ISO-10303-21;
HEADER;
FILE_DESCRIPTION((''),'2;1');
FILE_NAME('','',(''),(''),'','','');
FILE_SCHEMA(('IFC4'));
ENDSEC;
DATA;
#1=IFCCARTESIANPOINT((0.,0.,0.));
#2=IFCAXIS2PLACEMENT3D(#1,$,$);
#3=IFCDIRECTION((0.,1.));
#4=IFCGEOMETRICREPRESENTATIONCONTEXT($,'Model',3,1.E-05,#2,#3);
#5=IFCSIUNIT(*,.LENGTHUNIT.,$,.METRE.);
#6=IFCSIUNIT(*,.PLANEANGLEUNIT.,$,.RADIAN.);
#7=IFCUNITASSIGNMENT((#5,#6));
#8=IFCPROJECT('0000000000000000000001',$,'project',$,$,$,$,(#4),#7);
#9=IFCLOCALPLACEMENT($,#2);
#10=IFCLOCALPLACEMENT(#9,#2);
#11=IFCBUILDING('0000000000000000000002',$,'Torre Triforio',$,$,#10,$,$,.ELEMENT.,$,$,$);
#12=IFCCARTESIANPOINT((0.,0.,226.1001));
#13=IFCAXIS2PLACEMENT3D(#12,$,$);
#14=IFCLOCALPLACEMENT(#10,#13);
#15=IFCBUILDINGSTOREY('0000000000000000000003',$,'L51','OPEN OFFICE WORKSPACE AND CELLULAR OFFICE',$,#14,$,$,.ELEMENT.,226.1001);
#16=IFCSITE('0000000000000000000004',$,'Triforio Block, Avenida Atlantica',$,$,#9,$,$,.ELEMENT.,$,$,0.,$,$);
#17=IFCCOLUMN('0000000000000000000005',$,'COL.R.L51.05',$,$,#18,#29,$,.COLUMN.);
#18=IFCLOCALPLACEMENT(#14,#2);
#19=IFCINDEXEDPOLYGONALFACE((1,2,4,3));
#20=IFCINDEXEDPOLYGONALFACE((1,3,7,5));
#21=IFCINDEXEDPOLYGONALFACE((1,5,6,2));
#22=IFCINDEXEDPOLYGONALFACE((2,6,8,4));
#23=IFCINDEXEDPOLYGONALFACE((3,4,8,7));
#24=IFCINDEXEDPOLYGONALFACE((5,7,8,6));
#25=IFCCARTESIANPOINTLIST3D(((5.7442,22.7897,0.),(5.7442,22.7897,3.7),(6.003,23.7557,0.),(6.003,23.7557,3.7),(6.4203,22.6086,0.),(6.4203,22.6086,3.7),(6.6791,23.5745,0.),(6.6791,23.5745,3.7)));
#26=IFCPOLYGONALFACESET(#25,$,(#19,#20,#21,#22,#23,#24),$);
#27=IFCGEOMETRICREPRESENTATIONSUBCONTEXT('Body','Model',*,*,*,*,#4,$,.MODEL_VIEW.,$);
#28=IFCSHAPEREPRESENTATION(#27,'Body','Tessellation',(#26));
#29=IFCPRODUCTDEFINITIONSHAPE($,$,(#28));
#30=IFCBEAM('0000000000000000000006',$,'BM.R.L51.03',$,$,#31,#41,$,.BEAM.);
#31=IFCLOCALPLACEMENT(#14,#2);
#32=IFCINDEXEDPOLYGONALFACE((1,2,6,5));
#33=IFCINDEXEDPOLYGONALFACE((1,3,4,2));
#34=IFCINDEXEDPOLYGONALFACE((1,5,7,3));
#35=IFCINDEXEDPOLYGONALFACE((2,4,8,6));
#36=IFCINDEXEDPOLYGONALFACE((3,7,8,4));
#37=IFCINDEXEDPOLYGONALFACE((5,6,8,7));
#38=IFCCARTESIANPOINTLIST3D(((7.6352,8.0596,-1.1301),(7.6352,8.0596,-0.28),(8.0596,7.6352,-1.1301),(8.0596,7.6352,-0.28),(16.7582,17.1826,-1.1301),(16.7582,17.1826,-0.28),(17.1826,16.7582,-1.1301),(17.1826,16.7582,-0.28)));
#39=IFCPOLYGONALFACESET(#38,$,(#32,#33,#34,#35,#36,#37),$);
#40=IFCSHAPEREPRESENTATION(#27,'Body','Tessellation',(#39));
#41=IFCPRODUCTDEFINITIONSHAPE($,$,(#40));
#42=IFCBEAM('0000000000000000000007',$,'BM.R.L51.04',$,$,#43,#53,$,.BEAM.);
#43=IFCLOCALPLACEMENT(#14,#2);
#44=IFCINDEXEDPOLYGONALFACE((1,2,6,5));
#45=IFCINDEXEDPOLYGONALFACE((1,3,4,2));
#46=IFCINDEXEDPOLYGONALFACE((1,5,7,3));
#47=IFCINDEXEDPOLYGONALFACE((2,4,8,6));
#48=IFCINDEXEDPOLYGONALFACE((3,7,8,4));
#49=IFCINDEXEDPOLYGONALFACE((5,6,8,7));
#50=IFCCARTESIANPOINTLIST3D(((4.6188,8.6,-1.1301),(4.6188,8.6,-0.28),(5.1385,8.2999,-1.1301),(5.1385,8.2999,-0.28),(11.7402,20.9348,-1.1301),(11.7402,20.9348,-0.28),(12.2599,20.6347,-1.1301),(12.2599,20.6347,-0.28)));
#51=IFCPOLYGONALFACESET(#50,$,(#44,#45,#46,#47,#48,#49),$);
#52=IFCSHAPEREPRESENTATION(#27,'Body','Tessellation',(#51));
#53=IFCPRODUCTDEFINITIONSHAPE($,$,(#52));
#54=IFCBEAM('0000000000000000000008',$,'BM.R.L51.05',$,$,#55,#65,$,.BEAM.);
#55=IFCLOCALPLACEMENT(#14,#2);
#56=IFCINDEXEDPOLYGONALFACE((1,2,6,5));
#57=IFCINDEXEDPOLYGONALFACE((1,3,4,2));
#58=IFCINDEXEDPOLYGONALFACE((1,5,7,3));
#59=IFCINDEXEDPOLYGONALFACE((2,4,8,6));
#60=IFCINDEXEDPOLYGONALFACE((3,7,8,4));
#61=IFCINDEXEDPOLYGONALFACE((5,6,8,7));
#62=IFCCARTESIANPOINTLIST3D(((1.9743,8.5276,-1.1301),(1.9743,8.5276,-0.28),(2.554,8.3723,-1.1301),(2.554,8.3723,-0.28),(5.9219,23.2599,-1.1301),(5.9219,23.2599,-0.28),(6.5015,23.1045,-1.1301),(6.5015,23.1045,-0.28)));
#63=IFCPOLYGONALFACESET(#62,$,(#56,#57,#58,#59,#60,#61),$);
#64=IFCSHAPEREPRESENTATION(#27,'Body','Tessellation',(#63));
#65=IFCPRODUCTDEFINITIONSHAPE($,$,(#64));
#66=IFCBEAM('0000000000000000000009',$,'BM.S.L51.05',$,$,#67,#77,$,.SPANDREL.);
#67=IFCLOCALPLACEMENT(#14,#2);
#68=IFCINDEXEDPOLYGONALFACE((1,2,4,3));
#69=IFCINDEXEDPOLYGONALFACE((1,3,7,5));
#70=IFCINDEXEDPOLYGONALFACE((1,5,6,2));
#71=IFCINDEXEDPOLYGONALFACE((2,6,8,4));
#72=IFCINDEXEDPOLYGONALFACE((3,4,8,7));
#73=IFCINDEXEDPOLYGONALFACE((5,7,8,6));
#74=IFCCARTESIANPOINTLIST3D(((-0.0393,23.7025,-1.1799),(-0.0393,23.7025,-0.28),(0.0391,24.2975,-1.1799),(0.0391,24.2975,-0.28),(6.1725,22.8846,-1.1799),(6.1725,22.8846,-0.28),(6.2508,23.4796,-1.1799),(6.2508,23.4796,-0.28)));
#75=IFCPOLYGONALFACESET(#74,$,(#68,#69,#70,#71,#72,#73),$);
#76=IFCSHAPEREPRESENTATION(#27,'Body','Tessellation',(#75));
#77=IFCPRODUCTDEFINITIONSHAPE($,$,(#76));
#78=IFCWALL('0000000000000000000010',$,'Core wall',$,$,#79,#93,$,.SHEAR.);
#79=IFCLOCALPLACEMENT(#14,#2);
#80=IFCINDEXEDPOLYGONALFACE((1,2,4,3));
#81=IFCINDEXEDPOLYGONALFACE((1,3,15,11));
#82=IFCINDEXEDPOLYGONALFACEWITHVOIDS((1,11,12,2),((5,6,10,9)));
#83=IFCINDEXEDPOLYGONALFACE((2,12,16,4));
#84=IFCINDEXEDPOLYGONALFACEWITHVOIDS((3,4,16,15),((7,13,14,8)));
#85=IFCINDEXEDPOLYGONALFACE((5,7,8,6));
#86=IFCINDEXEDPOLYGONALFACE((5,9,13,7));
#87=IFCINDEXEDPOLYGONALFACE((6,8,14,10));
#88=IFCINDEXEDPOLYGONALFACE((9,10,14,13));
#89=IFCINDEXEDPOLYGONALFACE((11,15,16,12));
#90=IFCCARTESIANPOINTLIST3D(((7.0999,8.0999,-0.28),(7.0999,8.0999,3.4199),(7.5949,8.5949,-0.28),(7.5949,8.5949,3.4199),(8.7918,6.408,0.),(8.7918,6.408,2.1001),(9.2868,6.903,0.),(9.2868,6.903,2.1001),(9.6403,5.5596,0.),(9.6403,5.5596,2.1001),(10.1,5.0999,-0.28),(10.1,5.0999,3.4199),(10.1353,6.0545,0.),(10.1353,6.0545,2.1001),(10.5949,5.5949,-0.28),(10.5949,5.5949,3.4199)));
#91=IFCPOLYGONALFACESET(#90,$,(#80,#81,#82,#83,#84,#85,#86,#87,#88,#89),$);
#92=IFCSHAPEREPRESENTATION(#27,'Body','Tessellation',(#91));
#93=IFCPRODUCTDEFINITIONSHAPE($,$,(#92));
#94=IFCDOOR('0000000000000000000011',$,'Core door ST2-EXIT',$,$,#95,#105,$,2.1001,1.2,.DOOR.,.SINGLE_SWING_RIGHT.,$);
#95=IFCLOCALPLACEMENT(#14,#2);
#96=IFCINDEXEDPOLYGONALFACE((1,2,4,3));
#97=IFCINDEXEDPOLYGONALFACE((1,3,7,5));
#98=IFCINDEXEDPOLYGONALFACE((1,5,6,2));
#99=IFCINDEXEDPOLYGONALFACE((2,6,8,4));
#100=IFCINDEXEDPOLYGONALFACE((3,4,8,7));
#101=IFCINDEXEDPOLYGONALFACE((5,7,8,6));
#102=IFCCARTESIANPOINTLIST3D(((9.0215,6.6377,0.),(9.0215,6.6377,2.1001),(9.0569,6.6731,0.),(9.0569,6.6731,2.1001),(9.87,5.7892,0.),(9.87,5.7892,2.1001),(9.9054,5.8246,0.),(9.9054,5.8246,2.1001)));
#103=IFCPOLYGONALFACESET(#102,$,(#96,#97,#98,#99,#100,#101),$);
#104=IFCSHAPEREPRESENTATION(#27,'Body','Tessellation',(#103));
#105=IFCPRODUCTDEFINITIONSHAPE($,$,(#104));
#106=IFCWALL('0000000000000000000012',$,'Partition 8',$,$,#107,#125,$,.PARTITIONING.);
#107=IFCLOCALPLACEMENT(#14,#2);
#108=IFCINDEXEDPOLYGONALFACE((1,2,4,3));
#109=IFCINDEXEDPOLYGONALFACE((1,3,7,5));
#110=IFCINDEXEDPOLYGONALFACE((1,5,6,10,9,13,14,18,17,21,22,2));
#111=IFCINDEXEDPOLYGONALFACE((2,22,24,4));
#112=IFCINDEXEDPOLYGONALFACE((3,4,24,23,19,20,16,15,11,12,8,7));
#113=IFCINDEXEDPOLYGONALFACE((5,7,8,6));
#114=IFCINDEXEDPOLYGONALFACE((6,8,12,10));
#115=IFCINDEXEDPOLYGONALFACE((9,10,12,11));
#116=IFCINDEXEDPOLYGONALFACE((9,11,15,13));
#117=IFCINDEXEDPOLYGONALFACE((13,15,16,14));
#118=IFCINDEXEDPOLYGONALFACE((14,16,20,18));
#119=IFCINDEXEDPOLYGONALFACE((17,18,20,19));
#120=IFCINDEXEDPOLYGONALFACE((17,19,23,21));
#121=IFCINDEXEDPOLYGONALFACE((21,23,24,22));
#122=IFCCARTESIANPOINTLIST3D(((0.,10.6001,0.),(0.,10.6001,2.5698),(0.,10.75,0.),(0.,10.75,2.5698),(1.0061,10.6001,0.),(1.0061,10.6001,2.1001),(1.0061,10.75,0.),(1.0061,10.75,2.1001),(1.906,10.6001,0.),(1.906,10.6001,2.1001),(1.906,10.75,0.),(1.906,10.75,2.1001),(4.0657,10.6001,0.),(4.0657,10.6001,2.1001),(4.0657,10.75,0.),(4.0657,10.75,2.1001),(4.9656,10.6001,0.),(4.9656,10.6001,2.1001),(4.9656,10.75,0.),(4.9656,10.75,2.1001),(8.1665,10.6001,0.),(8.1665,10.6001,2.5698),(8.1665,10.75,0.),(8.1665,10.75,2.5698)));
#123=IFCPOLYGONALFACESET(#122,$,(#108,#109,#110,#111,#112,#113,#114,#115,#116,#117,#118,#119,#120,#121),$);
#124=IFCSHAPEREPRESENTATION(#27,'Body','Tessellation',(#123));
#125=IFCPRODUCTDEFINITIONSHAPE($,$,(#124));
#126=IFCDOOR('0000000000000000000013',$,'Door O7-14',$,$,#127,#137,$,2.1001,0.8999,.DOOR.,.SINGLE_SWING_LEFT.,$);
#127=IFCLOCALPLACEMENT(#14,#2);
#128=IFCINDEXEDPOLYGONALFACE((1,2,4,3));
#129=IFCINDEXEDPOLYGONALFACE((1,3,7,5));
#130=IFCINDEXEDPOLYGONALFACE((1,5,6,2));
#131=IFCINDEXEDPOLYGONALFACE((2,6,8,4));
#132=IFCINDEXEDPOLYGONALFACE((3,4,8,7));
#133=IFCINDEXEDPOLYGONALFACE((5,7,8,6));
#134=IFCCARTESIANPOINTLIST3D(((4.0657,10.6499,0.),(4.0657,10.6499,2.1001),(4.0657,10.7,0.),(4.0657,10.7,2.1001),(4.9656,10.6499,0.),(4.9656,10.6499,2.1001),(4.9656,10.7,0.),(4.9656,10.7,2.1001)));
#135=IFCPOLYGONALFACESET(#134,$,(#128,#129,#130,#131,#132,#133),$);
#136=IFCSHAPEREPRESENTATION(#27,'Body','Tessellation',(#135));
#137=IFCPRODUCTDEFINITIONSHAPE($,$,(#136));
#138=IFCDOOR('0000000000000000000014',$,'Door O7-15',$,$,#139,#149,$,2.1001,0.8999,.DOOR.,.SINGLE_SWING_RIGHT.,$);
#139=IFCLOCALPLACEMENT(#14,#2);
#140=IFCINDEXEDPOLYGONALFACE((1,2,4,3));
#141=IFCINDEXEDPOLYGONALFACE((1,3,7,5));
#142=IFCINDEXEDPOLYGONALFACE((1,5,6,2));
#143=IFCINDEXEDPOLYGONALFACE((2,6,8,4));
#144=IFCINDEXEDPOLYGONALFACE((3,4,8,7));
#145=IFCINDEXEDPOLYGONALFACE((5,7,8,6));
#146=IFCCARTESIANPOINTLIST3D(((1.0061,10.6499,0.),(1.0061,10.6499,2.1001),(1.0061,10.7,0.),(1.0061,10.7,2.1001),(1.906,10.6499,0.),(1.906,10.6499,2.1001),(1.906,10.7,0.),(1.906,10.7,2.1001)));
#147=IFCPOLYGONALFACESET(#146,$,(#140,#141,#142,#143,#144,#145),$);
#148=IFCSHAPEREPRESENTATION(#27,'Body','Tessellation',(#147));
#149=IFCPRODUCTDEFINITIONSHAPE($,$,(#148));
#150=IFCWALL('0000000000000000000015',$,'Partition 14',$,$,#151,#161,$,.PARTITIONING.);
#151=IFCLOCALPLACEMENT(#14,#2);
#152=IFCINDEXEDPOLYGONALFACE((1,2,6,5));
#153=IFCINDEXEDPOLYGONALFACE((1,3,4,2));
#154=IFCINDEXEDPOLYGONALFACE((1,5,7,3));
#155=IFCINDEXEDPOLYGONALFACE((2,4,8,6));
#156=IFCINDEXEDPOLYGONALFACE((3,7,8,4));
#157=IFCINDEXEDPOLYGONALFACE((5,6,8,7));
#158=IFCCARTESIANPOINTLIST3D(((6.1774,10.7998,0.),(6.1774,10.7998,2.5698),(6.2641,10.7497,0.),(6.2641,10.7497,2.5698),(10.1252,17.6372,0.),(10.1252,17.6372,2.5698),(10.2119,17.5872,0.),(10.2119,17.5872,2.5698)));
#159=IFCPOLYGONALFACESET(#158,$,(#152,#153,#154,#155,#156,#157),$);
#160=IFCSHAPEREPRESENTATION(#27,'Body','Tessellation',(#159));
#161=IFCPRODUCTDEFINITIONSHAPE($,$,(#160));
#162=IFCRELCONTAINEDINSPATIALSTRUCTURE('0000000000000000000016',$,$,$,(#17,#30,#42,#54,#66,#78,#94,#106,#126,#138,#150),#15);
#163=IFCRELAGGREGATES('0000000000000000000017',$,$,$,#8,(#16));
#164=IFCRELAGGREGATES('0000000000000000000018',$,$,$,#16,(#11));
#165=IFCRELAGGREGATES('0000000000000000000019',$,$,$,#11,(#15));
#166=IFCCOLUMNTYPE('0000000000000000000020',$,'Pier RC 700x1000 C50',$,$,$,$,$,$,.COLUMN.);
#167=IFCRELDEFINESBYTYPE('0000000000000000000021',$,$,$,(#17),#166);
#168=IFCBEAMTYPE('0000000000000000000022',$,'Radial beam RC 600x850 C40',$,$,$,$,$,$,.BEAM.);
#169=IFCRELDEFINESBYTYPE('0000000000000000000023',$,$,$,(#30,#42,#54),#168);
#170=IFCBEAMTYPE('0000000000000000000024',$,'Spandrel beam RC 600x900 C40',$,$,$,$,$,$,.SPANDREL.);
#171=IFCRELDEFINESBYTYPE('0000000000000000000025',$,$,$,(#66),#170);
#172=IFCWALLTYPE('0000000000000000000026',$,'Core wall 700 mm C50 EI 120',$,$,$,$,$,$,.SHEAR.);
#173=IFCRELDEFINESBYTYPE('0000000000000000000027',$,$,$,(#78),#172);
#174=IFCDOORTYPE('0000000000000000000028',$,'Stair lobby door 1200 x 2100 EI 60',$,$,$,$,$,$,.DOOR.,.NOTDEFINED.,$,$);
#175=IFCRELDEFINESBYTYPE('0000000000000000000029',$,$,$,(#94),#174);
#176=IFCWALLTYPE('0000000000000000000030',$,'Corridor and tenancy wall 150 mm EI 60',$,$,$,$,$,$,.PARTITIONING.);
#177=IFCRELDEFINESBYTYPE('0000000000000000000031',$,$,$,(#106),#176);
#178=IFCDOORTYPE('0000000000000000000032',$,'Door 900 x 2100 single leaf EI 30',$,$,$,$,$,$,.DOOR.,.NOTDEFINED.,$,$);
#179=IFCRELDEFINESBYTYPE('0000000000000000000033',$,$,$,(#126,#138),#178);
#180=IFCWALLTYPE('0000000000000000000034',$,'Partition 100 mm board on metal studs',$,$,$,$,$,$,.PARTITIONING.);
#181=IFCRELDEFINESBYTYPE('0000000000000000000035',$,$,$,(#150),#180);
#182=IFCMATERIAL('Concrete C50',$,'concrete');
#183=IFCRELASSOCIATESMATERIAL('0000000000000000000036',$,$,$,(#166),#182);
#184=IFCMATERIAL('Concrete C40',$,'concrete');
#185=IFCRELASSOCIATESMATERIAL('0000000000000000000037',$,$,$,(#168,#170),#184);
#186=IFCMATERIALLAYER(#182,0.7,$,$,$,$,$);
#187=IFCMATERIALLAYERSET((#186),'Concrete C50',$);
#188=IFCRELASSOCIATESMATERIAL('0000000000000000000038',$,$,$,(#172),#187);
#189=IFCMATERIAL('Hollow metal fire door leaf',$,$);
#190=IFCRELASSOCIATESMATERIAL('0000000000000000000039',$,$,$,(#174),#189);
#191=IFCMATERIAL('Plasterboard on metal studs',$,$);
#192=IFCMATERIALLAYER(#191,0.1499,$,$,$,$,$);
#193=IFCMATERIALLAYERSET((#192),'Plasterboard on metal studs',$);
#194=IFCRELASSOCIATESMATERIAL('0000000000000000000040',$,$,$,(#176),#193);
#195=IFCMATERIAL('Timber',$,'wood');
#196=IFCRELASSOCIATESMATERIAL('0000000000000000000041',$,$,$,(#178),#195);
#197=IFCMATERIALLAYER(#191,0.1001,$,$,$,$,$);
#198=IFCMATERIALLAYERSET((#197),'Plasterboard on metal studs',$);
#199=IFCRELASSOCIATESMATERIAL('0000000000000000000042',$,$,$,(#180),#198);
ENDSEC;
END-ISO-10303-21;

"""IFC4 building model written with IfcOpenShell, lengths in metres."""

from ifc_helpers import new_model, si_unit, direction, frame, frame_2d, origin, origin_2d, place, context, subcontext, project, spatial, rectangle, extrude, material, layer, layer_set, material_profile, profile_set, type_object, element, fill, save


model = new_model("IFC4")

# Units and contexts
model_context = context("Model", 3, precision=1e-05, world=origin(), true_north=direction((0.0, 1.0)))
body_context = subcontext(model_context, "Body", "Model", "MODEL_VIEW")
ifc_project = project(units=[si_unit("LENGTHUNIT", "METRE"), si_unit("PLANEANGLEUNIT", "RADIAN")], contexts=[model_context])

# Site, building, storey
site_placement = place(None, origin())
site = spatial("IfcSite", under=ifc_project, at=site_placement, Name="Triforio Block, Avenida Atlantica", CompositionType="ELEMENT", RefElevation=0.0)
building_placement = place(site_placement, origin())
building = spatial("IfcBuilding", under=site, at=building_placement, Name="Torre Triforio", CompositionType="ELEMENT")
storey_placement = place(building_placement, frame((0.0, 0.0, 226.1001)))
storey = spatial("IfcBuildingStorey", under=building, at=storey_placement, Name="L51", Description="OPEN OFFICE WORKSPACE AND CELLULAR OFFICE", CompositionType="ELEMENT", Elevation=226.1001)

# Column
ifc_material_1 = material(Name="Concrete C50", Category="concrete")
ifc_material_profile_1 = material_profile(ifc_material_1, rectangle(XDim=0.7, YDim=1.0, at=origin_2d()), Name="RC 700x1000")
ifc_profile_set_1 = profile_set([ifc_material_profile_1], Name="Concrete C50")
column_type = type_object("IfcColumnType", Name="Pier RC 700x1000 C50", PredefinedType="COLUMN", material=ifc_profile_set_1)
column_placement = place(storey_placement, frame((6.2117, 23.1821, 0.0), z_axis=(0.0, 0.0, 1.0), x_axis=(-0.965926, 0.258819, 0.0)))
element("IfcColumn", 1, at=column_placement, inside=storey, type_object=column_type, Name="COL.R.L51.05", PredefinedType="COLUMN", context=body_context, shape_type="SweptSolid", body=[
    extrude(rectangle(XDim=0.7, YDim=1.0, at=origin_2d()), origin(), (0.0, 0.0, 1.0), 3.7),
])

# Beams
ifc_material_2 = material(Name="Concrete C40", Category="concrete")
ifc_material_profile_2 = material_profile(ifc_material_2, rectangle(XDim=0.6001, YDim=0.8501, at=origin_2d()), Name="RC 600x850")
ifc_profile_set_2 = profile_set([ifc_material_profile_2], Name="Concrete C40")
beam_type_1 = type_object("IfcBeamType", Name="Radial beam RC 600x850 C40", PredefinedType="BEAM", material=ifc_profile_set_2)
beam_1_placement = place(storey_placement, frame((7.8474, 7.8474, -0.7051), z_axis=(0.707107, 0.707107, 0.0), x_axis=(-0.707107, 0.707107, 0.0)))
element("IfcBeam", 2, at=beam_1_placement, inside=storey, type_object=beam_type_1, Name="BM.R.L51.03", PredefinedType="BEAM", context=body_context, shape_type="SweptSolid", body=[
    extrude(rectangle(XDim=0.6001, YDim=0.8501, at=origin_2d()), origin(), (0.0, 0.0, 1.0), 12.9019),
])
beam_2_placement = place(storey_placement, frame((4.8787, 8.45, -0.7051), z_axis=(0.499994, 0.866029, 0.0), x_axis=(-0.866029, 0.499994, 0.0)))
element("IfcBeam", 3, at=beam_2_placement, inside=storey, type_object=beam_type_1, Name="BM.R.L51.04", PredefinedType="BEAM", context=body_context, shape_type="SweptSolid", body=[
    extrude(rectangle(XDim=0.6001, YDim=0.8501, at=origin_2d()), origin(), (0.0, 0.0, 1.0), 14.2429),
])
beam_3_placement = place(storey_placement, frame((2.2642, 8.45, -0.7051), z_axis=(0.258821, 0.965925, 0.0), x_axis=(-0.965925, 0.258821, 0.0)))
element("IfcBeam", 4, at=beam_3_placement, inside=storey, type_object=beam_type_1, Name="BM.R.L51.05", PredefinedType="BEAM", context=body_context, shape_type="SweptSolid", body=[
    extrude(rectangle(XDim=0.6001, YDim=0.8501, at=origin_2d()), origin(), (0.0, 0.0, 1.0), 15.252),
])
ifc_material_profile_3 = material_profile(ifc_material_2, rectangle(XDim=0.6001, YDim=0.8999, at=origin_2d()), Name="RC 600x900")
ifc_profile_set_3 = profile_set([ifc_material_profile_3], Name="Concrete C40")
beam_type_2 = type_object("IfcBeamType", Name="Spandrel beam RC 600x900 C40", PredefinedType="SPANDREL", material=ifc_profile_set_3)
beam_4_placement = place(storey_placement, frame((6.2117, 23.1821, -0.73), z_axis=(-0.991443, 0.13054, 0.0), x_axis=(-0.13054, -0.991443, 0.0)))
element("IfcBeam", 5, at=beam_4_placement, inside=storey, type_object=beam_type_2, Name="BM.S.L51.05", PredefinedType="SPANDREL", context=body_context, shape_type="SweptSolid", body=[
    extrude(rectangle(XDim=0.6001, YDim=0.8999, at=origin_2d()), origin(), (0.0, 0.0, 1.0), 6.2654),
])

# Wall, opening, door
ifc_layer_1 = layer(ifc_material_1, 0.7)
ifc_layer_set_1 = layer_set([ifc_layer_1], Name="Concrete C50")
wall_type_1 = type_object("IfcWallType", Name="Core wall 700 mm C50 EI 120", PredefinedType="SHEAR", material=ifc_layer_set_1)
wall_1_placement = place(storey_placement, frame((7.3474, 8.3474, -0.28), z_axis=(0.0, 0.0, 1.0), x_axis=(0.707107, -0.707107, 0.0)))
wall_1 = element("IfcWall", 6, at=wall_1_placement, inside=storey, type_object=wall_type_1, Name="Core wall", PredefinedType="SHEAR", context=body_context, shape_type="SweptSolid", body=[
    extrude(rectangle(XDim=4.2427, YDim=0.7, at=frame_2d((2.1213, 0.0))), origin(), (0.0, 0.0, 1.0), 3.7),
])
opening_1_placement = place(wall_1_placement, frame((2.3926, 0.0, 0.28)))
opening_1 = element("IfcOpeningElement", 7, at=opening_1_placement, cuts=wall_1, PredefinedType="OPENING", context=body_context, shape_type="SweptSolid", body=[
    extrude(rectangle(XDim=1.2, YDim=2.1001, at=frame_2d((0.6001, 1.05))), frame((0.0, 0.3599, 0.0), z_axis=(0.0, -1.0, 0.0), x_axis=(1.0, 0.0, 0.0)), (0.0, 0.0, 1.0), 0.72),
])
ifc_material_3 = material(Name="Hollow metal fire door leaf")
door_type_1 = type_object("IfcDoorType", Name="Stair lobby door 1200 x 2100 EI 60", OperationType="NOTDEFINED", PredefinedType="DOOR", material=ifc_material_3)
door_1_placement = place(opening_1_placement, origin())
door_1 = element("IfcDoor", 8, at=door_1_placement, inside=storey, type_object=door_type_1, Name="Core door ST2-EXIT", OperationType="SINGLE_SWING_RIGHT", OverallHeight=2.1001, OverallWidth=1.2, PredefinedType="DOOR", context=body_context, shape_type="SweptSolid", body=[
    extrude(rectangle(XDim=1.2, YDim=2.1001, at=frame_2d((0.6001, 1.05))), frame((0.0, 0.0249, 0.0), z_axis=(0.0, -1.0, 0.0), x_axis=(1.0, 0.0, 0.0)), (0.0, 0.0, 1.0), 0.05),
])
fill(opening_1, door_1)

# Wall, openings, doors
ifc_material_4 = material(Name="Plasterboard on metal studs")
ifc_layer_2 = layer(ifc_material_4, 0.1499)
ifc_layer_set_2 = layer_set([ifc_layer_2], Name="Plasterboard on metal studs")
wall_type_2 = type_object("IfcWallType", Name="Corridor and tenancy wall 150 mm EI 60", PredefinedType="PARTITIONING", material=ifc_layer_set_2)
wall_2_placement = place(storey_placement, frame((0.0, 10.675, 0.0), z_axis=(0.0, 0.0, 1.0), x_axis=(1.0, 0.0, 0.0)))
wall_2 = element("IfcWall", 9, at=wall_2_placement, inside=storey, type_object=wall_type_2, Name="Partition 8", PredefinedType="PARTITIONING", context=body_context, shape_type="SweptSolid", body=[
    extrude(rectangle(XDim=8.1665, YDim=0.1499, at=frame_2d((4.0833, 0.0))), origin(), (0.0, 0.0, 1.0), 2.5698),
])
opening_2_placement = place(wall_2_placement, frame((4.0657, 0.0, 0.0)))
opening_2 = element("IfcOpeningElement", 10, at=opening_2_placement, cuts=wall_2, PredefinedType="OPENING", context=body_context, shape_type="SweptSolid", body=[
    extrude(rectangle(XDim=0.8999, YDim=2.1001, at=frame_2d((0.45, 1.05))), frame((0.0, 0.085, 0.0), z_axis=(0.0, -1.0, 0.0), x_axis=(1.0, 0.0, 0.0)), (0.0, 0.0, 1.0), 0.1699),
])
opening_3_placement = place(wall_2_placement, frame((1.0061, 0.0, 0.0)))
opening_3 = element("IfcOpeningElement", 11, at=opening_3_placement, cuts=wall_2, PredefinedType="OPENING", context=body_context, shape_type="SweptSolid", body=[
    extrude(rectangle(XDim=0.8999, YDim=2.1001, at=frame_2d((0.45, 1.05))), frame((0.0, 0.085, 0.0), z_axis=(0.0, -1.0, 0.0), x_axis=(1.0, 0.0, 0.0)), (0.0, 0.0, 1.0), 0.1699),
])
ifc_material_5 = material(Name="Timber", Category="wood")
door_type_2 = type_object("IfcDoorType", Name="Door 900 x 2100 single leaf EI 30", OperationType="NOTDEFINED", PredefinedType="DOOR", material=ifc_material_5)
door_2_placement = place(opening_2_placement, origin())
door_2 = element("IfcDoor", 12, at=door_2_placement, inside=storey, type_object=door_type_2, Name="Door O7-14", OperationType="SINGLE_SWING_LEFT", OverallHeight=2.1001, OverallWidth=0.8999, PredefinedType="DOOR", context=body_context, shape_type="SweptSolid", body=[
    extrude(rectangle(XDim=0.8999, YDim=2.1001, at=frame_2d((0.45, 1.05))), frame((0.0, 0.0249, 0.0), z_axis=(0.0, -1.0, 0.0), x_axis=(1.0, 0.0, 0.0)), (0.0, 0.0, 1.0), 0.05),
])
fill(opening_2, door_2)
door_3_placement = place(opening_3_placement, origin())
door_3 = element("IfcDoor", 13, at=door_3_placement, inside=storey, type_object=door_type_2, Name="Door O7-15", OperationType="SINGLE_SWING_RIGHT", OverallHeight=2.1001, OverallWidth=0.8999, PredefinedType="DOOR", context=body_context, shape_type="SweptSolid", body=[
    extrude(rectangle(XDim=0.8999, YDim=2.1001, at=frame_2d((0.45, 1.05))), frame((0.0, 0.0249, 0.0), z_axis=(0.0, -1.0, 0.0), x_axis=(1.0, 0.0, 0.0)), (0.0, 0.0, 1.0), 0.05),
])
fill(opening_3, door_3)

# Wall
ifc_layer_3 = layer(ifc_material_4, 0.1001)
ifc_layer_set_3 = layer_set([ifc_layer_3], Name="Plasterboard on metal studs")
wall_type_3 = type_object("IfcWallType", Name="Partition 100 mm board on metal studs", PredefinedType="PARTITIONING", material=ifc_layer_set_3)
wall_3_placement = place(storey_placement, frame((6.2207, 10.7747, 0.0), z_axis=(0.0, 0.0, 1.0), x_axis=(0.500017, 0.866016, 0.0)))
element("IfcWall", 14, at=wall_3_placement, inside=storey, type_object=wall_type_3, Name="Partition 14", PredefinedType="PARTITIONING", context=body_context, shape_type="SweptSolid", body=[
    extrude(rectangle(XDim=7.8953, YDim=0.1001, at=frame_2d((3.9478, 0.0))), origin(), (0.0, 0.0, 1.0), 2.5698),
])

save(model, "model.ifc")
